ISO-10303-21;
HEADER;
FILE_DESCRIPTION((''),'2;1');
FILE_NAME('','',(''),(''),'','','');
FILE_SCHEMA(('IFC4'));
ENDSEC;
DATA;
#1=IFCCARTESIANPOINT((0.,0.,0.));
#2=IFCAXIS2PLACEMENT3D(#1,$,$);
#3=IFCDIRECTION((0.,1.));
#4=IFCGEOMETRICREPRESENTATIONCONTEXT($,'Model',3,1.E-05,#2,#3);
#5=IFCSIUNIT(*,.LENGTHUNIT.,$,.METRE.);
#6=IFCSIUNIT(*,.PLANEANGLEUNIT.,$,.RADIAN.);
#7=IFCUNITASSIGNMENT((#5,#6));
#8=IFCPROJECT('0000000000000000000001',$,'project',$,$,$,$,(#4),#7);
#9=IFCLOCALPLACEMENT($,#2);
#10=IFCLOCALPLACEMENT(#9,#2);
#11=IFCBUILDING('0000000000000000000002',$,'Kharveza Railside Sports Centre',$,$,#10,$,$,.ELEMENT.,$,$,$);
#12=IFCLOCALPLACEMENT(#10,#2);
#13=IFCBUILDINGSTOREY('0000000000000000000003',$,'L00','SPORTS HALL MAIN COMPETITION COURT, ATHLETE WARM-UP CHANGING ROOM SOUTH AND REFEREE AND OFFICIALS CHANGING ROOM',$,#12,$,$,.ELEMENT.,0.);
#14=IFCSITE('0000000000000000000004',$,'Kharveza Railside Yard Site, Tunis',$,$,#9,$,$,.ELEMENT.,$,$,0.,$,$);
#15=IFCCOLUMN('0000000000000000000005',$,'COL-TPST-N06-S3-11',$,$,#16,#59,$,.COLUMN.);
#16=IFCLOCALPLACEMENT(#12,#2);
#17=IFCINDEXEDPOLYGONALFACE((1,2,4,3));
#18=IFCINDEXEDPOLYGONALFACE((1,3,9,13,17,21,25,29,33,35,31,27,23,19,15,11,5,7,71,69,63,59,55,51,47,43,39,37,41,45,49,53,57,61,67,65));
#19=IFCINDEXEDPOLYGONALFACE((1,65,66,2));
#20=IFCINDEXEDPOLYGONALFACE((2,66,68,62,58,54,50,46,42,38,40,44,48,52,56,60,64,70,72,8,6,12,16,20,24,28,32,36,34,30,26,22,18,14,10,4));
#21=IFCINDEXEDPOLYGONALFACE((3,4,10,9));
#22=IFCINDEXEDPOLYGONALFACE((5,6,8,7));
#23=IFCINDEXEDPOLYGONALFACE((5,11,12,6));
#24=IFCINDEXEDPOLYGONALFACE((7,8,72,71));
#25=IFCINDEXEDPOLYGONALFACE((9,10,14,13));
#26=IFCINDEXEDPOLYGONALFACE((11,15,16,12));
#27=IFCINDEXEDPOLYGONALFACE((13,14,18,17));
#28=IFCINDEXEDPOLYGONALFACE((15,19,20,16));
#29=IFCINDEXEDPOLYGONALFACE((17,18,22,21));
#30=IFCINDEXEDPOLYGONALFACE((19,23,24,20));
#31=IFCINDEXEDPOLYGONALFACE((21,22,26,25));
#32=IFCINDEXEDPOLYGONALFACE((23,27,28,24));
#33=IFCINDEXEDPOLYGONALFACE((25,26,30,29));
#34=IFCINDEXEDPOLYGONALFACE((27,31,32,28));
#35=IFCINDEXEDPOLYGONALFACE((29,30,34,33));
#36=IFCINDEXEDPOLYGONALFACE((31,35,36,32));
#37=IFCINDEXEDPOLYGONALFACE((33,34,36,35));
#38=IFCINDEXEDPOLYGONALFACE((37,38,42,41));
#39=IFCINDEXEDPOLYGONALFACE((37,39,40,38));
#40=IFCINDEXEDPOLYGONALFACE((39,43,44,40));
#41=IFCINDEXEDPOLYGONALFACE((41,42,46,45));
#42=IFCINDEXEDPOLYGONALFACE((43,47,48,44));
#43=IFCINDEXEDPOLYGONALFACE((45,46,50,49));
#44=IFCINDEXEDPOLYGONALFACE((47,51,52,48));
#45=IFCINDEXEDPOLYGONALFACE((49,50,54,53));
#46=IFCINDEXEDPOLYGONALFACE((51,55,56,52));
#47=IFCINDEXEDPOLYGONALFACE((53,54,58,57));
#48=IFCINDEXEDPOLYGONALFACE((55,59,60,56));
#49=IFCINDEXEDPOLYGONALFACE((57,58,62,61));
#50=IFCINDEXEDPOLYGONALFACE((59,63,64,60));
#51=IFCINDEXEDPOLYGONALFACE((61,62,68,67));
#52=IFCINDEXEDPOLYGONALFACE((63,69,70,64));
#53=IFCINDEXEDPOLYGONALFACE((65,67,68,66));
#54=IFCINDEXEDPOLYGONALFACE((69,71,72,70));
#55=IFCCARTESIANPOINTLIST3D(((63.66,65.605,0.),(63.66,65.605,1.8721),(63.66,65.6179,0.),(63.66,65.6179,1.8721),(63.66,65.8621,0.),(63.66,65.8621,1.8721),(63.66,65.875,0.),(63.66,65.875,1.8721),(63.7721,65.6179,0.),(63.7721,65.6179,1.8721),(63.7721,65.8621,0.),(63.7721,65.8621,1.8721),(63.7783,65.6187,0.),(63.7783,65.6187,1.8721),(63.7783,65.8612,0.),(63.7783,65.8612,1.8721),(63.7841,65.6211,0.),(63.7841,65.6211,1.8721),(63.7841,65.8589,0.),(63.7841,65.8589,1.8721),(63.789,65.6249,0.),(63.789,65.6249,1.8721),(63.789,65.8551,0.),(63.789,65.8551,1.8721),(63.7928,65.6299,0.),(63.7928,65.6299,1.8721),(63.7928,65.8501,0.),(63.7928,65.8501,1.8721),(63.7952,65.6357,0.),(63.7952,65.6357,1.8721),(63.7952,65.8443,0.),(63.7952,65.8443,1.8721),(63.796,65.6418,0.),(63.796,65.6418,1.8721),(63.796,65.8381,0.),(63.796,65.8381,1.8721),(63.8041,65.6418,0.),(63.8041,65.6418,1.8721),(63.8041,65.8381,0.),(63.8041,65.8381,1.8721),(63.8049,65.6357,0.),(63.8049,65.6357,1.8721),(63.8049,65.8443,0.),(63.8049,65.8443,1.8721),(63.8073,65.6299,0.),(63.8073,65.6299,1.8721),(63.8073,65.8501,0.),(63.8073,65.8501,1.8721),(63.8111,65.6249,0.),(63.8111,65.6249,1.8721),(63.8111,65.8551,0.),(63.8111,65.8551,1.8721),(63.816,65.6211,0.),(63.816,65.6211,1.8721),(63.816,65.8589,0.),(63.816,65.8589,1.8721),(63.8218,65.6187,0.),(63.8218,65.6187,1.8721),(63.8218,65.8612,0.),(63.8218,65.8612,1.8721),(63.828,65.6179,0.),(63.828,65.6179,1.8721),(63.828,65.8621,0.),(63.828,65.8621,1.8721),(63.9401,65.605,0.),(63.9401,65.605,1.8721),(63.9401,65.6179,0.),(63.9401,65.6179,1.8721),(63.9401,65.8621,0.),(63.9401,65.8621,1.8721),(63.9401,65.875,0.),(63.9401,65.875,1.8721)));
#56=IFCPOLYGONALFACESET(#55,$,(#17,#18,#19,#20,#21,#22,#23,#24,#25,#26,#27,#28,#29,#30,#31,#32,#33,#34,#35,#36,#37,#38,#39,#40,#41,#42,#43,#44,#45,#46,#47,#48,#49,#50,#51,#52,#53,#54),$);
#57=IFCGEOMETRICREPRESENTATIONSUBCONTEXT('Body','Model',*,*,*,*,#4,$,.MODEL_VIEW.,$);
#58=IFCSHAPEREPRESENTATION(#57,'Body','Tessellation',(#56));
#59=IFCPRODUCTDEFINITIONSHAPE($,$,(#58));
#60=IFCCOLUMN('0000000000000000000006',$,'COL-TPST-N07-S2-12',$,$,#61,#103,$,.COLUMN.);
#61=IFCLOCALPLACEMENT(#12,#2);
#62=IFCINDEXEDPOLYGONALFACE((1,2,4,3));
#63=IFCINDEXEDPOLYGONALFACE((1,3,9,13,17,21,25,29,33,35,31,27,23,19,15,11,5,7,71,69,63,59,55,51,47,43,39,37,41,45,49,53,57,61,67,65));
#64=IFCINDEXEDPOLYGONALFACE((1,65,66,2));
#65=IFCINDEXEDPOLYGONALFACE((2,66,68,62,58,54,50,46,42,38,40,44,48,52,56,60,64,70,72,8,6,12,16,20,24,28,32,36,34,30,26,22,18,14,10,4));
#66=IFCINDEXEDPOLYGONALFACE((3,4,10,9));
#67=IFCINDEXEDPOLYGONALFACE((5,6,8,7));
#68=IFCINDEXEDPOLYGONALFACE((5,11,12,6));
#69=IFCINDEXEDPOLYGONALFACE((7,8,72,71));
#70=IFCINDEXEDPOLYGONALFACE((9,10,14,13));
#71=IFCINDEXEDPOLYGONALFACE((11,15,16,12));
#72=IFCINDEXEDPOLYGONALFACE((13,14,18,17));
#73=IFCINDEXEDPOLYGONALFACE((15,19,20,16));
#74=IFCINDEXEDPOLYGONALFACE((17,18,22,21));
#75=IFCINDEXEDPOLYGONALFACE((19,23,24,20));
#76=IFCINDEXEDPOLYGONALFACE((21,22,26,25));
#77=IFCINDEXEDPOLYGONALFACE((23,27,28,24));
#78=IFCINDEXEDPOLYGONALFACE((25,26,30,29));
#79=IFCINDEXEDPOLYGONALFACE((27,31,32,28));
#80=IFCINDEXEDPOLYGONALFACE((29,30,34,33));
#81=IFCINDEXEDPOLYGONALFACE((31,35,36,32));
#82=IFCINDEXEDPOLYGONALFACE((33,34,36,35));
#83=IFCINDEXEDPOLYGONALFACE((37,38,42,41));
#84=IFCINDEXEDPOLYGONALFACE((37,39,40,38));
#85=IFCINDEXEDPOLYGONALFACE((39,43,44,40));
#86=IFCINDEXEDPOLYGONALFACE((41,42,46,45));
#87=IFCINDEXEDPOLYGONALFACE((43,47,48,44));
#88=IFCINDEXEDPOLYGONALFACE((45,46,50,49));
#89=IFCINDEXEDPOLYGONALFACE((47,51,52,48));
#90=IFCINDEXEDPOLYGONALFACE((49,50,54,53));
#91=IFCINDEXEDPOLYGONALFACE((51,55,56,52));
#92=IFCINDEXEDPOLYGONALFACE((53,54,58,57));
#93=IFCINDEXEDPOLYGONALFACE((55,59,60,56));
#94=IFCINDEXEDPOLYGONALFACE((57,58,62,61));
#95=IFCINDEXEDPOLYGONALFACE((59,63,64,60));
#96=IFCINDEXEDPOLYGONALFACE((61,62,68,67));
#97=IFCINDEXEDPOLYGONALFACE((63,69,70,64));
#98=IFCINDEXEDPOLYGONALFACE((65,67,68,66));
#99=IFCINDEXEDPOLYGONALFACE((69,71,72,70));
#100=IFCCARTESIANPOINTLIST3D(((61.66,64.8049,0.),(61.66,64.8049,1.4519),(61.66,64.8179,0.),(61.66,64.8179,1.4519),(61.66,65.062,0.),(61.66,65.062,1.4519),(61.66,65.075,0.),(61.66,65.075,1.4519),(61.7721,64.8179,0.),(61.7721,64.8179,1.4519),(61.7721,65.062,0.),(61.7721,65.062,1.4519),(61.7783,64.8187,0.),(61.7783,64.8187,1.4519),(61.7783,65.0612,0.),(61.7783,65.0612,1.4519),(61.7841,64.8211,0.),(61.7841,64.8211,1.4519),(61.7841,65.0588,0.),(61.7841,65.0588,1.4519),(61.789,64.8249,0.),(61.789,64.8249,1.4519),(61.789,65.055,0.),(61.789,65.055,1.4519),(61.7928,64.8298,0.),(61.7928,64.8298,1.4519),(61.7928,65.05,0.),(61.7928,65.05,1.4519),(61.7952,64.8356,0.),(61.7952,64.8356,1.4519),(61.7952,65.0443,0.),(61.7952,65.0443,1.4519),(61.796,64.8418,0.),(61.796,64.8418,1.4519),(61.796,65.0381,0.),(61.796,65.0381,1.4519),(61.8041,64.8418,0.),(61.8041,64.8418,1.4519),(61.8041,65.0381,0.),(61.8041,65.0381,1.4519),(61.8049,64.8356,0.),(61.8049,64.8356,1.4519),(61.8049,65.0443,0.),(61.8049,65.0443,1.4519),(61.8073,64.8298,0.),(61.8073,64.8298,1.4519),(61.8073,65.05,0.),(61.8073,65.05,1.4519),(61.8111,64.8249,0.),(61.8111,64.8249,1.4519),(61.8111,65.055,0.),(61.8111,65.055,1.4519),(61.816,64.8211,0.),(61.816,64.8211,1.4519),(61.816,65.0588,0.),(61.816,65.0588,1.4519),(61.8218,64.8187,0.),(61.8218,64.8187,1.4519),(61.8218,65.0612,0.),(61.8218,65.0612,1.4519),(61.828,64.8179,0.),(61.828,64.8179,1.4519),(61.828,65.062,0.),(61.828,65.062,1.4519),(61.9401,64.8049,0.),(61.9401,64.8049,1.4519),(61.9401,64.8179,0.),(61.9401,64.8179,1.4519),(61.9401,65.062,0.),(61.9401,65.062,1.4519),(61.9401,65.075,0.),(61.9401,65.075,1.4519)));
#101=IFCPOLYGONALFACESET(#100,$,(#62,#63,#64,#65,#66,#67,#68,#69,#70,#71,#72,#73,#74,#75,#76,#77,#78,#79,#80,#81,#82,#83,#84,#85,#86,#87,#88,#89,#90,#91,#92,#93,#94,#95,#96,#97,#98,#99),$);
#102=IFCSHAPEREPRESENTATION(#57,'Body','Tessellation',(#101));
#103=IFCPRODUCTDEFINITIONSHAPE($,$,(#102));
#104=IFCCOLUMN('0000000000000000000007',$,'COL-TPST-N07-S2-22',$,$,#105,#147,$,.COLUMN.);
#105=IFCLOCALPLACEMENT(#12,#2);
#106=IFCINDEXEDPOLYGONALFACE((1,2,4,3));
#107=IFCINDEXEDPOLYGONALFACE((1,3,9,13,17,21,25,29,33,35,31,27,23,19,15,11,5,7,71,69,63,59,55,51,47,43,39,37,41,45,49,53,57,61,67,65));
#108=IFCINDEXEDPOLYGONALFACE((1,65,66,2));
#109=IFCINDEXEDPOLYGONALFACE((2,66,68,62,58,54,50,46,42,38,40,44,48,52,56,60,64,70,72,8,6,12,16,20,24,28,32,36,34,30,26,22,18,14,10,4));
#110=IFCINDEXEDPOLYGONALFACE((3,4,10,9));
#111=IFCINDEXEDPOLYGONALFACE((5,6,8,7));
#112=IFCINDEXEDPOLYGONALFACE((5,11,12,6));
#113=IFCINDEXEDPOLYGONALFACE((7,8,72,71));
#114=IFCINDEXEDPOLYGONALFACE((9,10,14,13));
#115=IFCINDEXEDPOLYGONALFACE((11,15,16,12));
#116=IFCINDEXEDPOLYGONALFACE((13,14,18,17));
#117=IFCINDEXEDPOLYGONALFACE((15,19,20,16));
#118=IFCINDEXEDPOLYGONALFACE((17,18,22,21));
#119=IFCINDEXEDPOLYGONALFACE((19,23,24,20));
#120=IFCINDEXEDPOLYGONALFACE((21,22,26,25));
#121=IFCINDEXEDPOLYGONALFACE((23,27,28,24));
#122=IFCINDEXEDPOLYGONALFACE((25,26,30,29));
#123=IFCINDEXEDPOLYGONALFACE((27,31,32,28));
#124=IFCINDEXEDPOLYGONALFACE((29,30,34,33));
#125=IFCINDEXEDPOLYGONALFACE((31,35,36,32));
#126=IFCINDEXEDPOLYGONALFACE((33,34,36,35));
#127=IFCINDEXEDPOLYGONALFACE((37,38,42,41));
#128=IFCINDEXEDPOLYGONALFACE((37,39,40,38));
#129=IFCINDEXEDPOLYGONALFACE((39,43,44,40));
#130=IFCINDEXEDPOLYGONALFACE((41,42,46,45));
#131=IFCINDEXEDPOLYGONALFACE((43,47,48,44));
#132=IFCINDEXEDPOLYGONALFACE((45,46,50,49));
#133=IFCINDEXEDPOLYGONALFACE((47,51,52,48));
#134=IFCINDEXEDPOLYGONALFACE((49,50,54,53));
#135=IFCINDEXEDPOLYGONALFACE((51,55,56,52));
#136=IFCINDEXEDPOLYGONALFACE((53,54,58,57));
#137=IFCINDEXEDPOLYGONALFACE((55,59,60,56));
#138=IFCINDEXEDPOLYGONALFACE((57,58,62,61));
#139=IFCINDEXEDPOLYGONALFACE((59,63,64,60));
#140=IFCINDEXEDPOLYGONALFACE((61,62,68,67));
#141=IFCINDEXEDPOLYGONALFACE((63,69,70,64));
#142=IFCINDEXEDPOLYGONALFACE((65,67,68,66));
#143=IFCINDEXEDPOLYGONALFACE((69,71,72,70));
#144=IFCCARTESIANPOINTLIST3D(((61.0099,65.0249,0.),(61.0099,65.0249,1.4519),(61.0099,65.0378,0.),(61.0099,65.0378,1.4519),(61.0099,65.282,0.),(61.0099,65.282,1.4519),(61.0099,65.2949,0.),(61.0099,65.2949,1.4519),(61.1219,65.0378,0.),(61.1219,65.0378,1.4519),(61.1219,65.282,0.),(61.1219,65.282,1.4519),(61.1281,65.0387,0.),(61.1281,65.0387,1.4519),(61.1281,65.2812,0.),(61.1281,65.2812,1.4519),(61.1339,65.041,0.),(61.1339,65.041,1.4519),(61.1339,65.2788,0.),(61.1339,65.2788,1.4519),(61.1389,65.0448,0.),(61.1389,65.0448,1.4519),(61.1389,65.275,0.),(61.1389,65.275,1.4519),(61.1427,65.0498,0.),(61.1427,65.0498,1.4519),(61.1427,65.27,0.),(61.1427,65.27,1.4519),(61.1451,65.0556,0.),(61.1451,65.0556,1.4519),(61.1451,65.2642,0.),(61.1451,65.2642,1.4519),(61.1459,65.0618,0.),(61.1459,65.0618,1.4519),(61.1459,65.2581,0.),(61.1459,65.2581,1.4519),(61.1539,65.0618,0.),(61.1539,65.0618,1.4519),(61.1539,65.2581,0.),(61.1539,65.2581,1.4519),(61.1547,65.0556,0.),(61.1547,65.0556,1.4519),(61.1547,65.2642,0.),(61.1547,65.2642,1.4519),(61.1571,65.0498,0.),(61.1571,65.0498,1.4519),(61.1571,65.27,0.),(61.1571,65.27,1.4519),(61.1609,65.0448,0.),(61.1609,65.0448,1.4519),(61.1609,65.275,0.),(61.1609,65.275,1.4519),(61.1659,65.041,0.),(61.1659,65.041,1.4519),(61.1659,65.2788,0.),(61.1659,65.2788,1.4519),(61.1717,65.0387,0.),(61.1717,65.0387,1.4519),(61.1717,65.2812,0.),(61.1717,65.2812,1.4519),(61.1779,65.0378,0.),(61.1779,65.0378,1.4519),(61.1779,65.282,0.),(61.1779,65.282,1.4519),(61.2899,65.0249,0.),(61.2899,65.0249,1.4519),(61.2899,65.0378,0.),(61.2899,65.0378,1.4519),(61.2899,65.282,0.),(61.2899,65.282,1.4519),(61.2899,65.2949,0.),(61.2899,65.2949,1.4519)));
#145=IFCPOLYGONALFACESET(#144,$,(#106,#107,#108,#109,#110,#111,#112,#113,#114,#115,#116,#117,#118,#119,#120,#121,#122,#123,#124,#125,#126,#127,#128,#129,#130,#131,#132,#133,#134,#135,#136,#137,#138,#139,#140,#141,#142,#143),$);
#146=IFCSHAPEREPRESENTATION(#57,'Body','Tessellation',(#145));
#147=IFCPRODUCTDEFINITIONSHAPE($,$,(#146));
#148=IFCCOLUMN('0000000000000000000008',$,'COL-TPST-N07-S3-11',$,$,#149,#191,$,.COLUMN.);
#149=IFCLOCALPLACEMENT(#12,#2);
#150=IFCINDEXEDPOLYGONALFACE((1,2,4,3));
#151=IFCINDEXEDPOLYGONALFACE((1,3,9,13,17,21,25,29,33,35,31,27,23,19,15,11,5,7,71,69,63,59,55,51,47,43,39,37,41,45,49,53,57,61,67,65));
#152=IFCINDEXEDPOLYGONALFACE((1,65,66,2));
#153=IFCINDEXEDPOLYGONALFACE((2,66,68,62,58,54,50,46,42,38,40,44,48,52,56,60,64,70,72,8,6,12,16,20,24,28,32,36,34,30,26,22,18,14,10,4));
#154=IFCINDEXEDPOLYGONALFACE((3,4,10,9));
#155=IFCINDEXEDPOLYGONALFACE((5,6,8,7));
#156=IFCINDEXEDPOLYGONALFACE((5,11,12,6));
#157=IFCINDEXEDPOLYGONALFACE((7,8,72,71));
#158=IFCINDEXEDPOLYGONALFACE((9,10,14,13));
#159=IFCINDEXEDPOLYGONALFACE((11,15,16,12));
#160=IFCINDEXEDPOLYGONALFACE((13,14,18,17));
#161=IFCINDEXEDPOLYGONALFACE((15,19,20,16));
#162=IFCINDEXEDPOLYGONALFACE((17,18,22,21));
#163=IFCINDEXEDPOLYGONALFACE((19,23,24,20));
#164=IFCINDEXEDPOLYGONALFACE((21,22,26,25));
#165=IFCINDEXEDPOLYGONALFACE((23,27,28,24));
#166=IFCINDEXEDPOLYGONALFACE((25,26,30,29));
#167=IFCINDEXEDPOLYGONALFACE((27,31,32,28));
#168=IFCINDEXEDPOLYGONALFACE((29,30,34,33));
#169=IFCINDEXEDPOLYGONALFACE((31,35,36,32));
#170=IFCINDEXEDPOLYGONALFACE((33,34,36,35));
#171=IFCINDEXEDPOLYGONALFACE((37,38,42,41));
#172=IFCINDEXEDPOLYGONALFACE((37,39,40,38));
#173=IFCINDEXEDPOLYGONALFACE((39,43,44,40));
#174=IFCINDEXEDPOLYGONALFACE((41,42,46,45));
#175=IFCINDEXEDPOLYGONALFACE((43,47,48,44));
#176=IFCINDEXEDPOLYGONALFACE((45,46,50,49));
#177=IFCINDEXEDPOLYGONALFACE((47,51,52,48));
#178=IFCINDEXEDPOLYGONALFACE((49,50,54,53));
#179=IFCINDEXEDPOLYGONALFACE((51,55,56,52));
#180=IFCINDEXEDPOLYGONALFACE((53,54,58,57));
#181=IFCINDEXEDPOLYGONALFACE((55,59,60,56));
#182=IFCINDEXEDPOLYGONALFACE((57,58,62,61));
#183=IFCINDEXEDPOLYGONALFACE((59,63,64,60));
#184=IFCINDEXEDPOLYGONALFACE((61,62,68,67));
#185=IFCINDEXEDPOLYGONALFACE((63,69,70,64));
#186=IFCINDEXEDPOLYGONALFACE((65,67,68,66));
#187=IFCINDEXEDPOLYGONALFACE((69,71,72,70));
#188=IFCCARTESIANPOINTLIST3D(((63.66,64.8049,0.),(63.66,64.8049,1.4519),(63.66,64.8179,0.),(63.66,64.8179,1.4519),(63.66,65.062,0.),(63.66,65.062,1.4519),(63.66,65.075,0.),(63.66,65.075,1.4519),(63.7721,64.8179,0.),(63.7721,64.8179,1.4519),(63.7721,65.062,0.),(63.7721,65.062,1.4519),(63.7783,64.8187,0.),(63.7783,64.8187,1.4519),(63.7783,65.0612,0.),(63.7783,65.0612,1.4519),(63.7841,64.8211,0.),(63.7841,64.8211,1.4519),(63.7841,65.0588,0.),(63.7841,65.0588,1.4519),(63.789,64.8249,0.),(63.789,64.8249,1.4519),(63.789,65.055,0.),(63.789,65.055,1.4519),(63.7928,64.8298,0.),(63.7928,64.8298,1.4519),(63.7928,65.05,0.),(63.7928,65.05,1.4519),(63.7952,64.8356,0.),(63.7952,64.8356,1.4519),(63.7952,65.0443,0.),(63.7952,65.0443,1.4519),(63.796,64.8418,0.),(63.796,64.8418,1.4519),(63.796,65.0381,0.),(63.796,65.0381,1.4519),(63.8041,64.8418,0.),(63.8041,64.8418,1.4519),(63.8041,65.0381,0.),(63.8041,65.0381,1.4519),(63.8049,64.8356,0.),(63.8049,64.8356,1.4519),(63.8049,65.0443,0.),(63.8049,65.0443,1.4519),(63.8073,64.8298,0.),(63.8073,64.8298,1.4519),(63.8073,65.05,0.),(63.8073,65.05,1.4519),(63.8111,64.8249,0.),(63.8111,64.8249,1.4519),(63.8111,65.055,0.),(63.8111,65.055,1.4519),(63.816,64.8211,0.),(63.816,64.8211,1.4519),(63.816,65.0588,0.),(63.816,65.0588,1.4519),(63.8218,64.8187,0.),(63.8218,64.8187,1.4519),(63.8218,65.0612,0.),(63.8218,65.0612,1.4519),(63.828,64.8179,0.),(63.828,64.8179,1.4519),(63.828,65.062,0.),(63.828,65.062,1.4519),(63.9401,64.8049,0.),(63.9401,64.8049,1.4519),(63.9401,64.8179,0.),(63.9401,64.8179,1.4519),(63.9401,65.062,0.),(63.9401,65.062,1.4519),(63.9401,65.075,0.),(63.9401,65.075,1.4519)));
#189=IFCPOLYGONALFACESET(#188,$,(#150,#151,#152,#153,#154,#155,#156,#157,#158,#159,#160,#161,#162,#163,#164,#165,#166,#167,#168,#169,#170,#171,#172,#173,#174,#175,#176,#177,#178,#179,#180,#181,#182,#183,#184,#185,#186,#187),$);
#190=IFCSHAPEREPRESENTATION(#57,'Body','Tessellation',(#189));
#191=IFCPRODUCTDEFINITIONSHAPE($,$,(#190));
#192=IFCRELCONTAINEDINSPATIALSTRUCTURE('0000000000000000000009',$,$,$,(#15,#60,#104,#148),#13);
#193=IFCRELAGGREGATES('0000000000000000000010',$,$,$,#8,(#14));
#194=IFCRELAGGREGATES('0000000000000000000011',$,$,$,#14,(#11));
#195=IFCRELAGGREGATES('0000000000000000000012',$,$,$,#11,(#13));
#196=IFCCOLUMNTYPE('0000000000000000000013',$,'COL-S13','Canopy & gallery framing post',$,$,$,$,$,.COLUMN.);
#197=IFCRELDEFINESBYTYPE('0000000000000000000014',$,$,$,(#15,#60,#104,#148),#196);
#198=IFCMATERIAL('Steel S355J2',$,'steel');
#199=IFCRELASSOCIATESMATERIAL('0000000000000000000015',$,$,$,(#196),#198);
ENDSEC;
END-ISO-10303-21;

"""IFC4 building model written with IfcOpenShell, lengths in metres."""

from ifc_helpers import new_model, si_unit, direction, frame, origin, origin_2d, place, context, subcontext, project, spatial, i_section, extrude, material, material_profile, profile_set, type_object, element, save


model = new_model("IFC4")

# Units and contexts
model_context = context("Model", 3, precision=1e-05, world=origin(), true_north=direction((0.0, 1.0)))
body_context = subcontext(model_context, "Body", "Model", "MODEL_VIEW")
ifc_project = project(units=[si_unit("LENGTHUNIT", "METRE"), si_unit("PLANEANGLEUNIT", "RADIAN")], contexts=[model_context])

# Site, building, storey
site_placement = place(None, origin())
site = spatial("IfcSite", under=ifc_project, at=site_placement, Name="Kharveza Railside Yard Site, Tunis", CompositionType="ELEMENT", RefElevation=0.0)
building_placement = place(site_placement, origin())
building = spatial("IfcBuilding", under=site, at=building_placement, Name="Kharveza Railside Sports Centre", CompositionType="ELEMENT")
storey_placement = place(building_placement, origin())
storey = spatial("IfcBuildingStorey", under=building, at=storey_placement, Name="L00", Description="SPORTS HALL MAIN COMPETITION COURT, ATHLETE WARM-UP CHANGING ROOM SOUTH AND REFEREE AND OFFICIALS CHANGING ROOM", CompositionType="ELEMENT", Elevation=0.0)

# Columns
ifc_material_1 = material(Name="Steel S355J2", Category="steel")
ifc_material_profile_1 = material_profile(ifc_material_1, i_section(OverallWidth=0.28, OverallDepth=0.27, WebThickness=0.0081, FlangeThickness=0.0129, FilletRadius=0.0239, at=origin_2d()), Name="HEA 280")
ifc_profile_set_1 = profile_set([ifc_material_profile_1], Name="Steel S355J2")
column_type_1 = type_object("IfcColumnType", Name="COL-S13", Description="Canopy & gallery framing post", PredefinedType="COLUMN", material=ifc_profile_set_1)
for number, where, z_axis, x_axis, name in (
    (1, (63.8, 65.74, 0.0), (0.0, 0.0, 1.0), (1.0, 0.0, 0.0), "COL-TPST-N06-S3-11"),
):
    element("IfcColumn", number, at=place(storey_placement, frame(where, z_axis=z_axis, x_axis=x_axis)), inside=storey, type_object=column_type_1, Name=name, PredefinedType="COLUMN", context=body_context, shape_type="SweptSolid", body=[
        extrude(i_section(OverallWidth=0.28, OverallDepth=0.27, WebThickness=0.0081, FlangeThickness=0.0129, FilletRadius=0.0239, at=origin_2d()), origin(), (0.0, 0.0, 1.0), 1.8721),
    ])
for number, where, z_axis, x_axis, name in (
    (2, (61.8, 64.9399, 0.0), (0.0, 0.0, 1.0), (1.0, 0.0, 0.0), "COL-TPST-N07-S2-12"),
    (3, (61.1499, 65.1599, 0.0), (0.0, 0.0, 1.0), (1.0, 0.0, 0.0), "COL-TPST-N07-S2-22"),
    (4, (63.8, 64.9399, 0.0), (0.0, 0.0, 1.0), (1.0, 0.0, 0.0), "COL-TPST-N07-S3-11"),
):
    element("IfcColumn", number, at=place(storey_placement, frame(where, z_axis=z_axis, x_axis=x_axis)), inside=storey, type_object=column_type_1, Name=name, PredefinedType="COLUMN", context=body_context, shape_type="SweptSolid", body=[
        extrude(i_section(OverallWidth=0.28, OverallDepth=0.27, WebThickness=0.0081, FlangeThickness=0.0129, FilletRadius=0.0239, at=origin_2d()), origin(), (0.0, 0.0, 1.0), 1.4519),
    ])

save(model, "model.ifc")
